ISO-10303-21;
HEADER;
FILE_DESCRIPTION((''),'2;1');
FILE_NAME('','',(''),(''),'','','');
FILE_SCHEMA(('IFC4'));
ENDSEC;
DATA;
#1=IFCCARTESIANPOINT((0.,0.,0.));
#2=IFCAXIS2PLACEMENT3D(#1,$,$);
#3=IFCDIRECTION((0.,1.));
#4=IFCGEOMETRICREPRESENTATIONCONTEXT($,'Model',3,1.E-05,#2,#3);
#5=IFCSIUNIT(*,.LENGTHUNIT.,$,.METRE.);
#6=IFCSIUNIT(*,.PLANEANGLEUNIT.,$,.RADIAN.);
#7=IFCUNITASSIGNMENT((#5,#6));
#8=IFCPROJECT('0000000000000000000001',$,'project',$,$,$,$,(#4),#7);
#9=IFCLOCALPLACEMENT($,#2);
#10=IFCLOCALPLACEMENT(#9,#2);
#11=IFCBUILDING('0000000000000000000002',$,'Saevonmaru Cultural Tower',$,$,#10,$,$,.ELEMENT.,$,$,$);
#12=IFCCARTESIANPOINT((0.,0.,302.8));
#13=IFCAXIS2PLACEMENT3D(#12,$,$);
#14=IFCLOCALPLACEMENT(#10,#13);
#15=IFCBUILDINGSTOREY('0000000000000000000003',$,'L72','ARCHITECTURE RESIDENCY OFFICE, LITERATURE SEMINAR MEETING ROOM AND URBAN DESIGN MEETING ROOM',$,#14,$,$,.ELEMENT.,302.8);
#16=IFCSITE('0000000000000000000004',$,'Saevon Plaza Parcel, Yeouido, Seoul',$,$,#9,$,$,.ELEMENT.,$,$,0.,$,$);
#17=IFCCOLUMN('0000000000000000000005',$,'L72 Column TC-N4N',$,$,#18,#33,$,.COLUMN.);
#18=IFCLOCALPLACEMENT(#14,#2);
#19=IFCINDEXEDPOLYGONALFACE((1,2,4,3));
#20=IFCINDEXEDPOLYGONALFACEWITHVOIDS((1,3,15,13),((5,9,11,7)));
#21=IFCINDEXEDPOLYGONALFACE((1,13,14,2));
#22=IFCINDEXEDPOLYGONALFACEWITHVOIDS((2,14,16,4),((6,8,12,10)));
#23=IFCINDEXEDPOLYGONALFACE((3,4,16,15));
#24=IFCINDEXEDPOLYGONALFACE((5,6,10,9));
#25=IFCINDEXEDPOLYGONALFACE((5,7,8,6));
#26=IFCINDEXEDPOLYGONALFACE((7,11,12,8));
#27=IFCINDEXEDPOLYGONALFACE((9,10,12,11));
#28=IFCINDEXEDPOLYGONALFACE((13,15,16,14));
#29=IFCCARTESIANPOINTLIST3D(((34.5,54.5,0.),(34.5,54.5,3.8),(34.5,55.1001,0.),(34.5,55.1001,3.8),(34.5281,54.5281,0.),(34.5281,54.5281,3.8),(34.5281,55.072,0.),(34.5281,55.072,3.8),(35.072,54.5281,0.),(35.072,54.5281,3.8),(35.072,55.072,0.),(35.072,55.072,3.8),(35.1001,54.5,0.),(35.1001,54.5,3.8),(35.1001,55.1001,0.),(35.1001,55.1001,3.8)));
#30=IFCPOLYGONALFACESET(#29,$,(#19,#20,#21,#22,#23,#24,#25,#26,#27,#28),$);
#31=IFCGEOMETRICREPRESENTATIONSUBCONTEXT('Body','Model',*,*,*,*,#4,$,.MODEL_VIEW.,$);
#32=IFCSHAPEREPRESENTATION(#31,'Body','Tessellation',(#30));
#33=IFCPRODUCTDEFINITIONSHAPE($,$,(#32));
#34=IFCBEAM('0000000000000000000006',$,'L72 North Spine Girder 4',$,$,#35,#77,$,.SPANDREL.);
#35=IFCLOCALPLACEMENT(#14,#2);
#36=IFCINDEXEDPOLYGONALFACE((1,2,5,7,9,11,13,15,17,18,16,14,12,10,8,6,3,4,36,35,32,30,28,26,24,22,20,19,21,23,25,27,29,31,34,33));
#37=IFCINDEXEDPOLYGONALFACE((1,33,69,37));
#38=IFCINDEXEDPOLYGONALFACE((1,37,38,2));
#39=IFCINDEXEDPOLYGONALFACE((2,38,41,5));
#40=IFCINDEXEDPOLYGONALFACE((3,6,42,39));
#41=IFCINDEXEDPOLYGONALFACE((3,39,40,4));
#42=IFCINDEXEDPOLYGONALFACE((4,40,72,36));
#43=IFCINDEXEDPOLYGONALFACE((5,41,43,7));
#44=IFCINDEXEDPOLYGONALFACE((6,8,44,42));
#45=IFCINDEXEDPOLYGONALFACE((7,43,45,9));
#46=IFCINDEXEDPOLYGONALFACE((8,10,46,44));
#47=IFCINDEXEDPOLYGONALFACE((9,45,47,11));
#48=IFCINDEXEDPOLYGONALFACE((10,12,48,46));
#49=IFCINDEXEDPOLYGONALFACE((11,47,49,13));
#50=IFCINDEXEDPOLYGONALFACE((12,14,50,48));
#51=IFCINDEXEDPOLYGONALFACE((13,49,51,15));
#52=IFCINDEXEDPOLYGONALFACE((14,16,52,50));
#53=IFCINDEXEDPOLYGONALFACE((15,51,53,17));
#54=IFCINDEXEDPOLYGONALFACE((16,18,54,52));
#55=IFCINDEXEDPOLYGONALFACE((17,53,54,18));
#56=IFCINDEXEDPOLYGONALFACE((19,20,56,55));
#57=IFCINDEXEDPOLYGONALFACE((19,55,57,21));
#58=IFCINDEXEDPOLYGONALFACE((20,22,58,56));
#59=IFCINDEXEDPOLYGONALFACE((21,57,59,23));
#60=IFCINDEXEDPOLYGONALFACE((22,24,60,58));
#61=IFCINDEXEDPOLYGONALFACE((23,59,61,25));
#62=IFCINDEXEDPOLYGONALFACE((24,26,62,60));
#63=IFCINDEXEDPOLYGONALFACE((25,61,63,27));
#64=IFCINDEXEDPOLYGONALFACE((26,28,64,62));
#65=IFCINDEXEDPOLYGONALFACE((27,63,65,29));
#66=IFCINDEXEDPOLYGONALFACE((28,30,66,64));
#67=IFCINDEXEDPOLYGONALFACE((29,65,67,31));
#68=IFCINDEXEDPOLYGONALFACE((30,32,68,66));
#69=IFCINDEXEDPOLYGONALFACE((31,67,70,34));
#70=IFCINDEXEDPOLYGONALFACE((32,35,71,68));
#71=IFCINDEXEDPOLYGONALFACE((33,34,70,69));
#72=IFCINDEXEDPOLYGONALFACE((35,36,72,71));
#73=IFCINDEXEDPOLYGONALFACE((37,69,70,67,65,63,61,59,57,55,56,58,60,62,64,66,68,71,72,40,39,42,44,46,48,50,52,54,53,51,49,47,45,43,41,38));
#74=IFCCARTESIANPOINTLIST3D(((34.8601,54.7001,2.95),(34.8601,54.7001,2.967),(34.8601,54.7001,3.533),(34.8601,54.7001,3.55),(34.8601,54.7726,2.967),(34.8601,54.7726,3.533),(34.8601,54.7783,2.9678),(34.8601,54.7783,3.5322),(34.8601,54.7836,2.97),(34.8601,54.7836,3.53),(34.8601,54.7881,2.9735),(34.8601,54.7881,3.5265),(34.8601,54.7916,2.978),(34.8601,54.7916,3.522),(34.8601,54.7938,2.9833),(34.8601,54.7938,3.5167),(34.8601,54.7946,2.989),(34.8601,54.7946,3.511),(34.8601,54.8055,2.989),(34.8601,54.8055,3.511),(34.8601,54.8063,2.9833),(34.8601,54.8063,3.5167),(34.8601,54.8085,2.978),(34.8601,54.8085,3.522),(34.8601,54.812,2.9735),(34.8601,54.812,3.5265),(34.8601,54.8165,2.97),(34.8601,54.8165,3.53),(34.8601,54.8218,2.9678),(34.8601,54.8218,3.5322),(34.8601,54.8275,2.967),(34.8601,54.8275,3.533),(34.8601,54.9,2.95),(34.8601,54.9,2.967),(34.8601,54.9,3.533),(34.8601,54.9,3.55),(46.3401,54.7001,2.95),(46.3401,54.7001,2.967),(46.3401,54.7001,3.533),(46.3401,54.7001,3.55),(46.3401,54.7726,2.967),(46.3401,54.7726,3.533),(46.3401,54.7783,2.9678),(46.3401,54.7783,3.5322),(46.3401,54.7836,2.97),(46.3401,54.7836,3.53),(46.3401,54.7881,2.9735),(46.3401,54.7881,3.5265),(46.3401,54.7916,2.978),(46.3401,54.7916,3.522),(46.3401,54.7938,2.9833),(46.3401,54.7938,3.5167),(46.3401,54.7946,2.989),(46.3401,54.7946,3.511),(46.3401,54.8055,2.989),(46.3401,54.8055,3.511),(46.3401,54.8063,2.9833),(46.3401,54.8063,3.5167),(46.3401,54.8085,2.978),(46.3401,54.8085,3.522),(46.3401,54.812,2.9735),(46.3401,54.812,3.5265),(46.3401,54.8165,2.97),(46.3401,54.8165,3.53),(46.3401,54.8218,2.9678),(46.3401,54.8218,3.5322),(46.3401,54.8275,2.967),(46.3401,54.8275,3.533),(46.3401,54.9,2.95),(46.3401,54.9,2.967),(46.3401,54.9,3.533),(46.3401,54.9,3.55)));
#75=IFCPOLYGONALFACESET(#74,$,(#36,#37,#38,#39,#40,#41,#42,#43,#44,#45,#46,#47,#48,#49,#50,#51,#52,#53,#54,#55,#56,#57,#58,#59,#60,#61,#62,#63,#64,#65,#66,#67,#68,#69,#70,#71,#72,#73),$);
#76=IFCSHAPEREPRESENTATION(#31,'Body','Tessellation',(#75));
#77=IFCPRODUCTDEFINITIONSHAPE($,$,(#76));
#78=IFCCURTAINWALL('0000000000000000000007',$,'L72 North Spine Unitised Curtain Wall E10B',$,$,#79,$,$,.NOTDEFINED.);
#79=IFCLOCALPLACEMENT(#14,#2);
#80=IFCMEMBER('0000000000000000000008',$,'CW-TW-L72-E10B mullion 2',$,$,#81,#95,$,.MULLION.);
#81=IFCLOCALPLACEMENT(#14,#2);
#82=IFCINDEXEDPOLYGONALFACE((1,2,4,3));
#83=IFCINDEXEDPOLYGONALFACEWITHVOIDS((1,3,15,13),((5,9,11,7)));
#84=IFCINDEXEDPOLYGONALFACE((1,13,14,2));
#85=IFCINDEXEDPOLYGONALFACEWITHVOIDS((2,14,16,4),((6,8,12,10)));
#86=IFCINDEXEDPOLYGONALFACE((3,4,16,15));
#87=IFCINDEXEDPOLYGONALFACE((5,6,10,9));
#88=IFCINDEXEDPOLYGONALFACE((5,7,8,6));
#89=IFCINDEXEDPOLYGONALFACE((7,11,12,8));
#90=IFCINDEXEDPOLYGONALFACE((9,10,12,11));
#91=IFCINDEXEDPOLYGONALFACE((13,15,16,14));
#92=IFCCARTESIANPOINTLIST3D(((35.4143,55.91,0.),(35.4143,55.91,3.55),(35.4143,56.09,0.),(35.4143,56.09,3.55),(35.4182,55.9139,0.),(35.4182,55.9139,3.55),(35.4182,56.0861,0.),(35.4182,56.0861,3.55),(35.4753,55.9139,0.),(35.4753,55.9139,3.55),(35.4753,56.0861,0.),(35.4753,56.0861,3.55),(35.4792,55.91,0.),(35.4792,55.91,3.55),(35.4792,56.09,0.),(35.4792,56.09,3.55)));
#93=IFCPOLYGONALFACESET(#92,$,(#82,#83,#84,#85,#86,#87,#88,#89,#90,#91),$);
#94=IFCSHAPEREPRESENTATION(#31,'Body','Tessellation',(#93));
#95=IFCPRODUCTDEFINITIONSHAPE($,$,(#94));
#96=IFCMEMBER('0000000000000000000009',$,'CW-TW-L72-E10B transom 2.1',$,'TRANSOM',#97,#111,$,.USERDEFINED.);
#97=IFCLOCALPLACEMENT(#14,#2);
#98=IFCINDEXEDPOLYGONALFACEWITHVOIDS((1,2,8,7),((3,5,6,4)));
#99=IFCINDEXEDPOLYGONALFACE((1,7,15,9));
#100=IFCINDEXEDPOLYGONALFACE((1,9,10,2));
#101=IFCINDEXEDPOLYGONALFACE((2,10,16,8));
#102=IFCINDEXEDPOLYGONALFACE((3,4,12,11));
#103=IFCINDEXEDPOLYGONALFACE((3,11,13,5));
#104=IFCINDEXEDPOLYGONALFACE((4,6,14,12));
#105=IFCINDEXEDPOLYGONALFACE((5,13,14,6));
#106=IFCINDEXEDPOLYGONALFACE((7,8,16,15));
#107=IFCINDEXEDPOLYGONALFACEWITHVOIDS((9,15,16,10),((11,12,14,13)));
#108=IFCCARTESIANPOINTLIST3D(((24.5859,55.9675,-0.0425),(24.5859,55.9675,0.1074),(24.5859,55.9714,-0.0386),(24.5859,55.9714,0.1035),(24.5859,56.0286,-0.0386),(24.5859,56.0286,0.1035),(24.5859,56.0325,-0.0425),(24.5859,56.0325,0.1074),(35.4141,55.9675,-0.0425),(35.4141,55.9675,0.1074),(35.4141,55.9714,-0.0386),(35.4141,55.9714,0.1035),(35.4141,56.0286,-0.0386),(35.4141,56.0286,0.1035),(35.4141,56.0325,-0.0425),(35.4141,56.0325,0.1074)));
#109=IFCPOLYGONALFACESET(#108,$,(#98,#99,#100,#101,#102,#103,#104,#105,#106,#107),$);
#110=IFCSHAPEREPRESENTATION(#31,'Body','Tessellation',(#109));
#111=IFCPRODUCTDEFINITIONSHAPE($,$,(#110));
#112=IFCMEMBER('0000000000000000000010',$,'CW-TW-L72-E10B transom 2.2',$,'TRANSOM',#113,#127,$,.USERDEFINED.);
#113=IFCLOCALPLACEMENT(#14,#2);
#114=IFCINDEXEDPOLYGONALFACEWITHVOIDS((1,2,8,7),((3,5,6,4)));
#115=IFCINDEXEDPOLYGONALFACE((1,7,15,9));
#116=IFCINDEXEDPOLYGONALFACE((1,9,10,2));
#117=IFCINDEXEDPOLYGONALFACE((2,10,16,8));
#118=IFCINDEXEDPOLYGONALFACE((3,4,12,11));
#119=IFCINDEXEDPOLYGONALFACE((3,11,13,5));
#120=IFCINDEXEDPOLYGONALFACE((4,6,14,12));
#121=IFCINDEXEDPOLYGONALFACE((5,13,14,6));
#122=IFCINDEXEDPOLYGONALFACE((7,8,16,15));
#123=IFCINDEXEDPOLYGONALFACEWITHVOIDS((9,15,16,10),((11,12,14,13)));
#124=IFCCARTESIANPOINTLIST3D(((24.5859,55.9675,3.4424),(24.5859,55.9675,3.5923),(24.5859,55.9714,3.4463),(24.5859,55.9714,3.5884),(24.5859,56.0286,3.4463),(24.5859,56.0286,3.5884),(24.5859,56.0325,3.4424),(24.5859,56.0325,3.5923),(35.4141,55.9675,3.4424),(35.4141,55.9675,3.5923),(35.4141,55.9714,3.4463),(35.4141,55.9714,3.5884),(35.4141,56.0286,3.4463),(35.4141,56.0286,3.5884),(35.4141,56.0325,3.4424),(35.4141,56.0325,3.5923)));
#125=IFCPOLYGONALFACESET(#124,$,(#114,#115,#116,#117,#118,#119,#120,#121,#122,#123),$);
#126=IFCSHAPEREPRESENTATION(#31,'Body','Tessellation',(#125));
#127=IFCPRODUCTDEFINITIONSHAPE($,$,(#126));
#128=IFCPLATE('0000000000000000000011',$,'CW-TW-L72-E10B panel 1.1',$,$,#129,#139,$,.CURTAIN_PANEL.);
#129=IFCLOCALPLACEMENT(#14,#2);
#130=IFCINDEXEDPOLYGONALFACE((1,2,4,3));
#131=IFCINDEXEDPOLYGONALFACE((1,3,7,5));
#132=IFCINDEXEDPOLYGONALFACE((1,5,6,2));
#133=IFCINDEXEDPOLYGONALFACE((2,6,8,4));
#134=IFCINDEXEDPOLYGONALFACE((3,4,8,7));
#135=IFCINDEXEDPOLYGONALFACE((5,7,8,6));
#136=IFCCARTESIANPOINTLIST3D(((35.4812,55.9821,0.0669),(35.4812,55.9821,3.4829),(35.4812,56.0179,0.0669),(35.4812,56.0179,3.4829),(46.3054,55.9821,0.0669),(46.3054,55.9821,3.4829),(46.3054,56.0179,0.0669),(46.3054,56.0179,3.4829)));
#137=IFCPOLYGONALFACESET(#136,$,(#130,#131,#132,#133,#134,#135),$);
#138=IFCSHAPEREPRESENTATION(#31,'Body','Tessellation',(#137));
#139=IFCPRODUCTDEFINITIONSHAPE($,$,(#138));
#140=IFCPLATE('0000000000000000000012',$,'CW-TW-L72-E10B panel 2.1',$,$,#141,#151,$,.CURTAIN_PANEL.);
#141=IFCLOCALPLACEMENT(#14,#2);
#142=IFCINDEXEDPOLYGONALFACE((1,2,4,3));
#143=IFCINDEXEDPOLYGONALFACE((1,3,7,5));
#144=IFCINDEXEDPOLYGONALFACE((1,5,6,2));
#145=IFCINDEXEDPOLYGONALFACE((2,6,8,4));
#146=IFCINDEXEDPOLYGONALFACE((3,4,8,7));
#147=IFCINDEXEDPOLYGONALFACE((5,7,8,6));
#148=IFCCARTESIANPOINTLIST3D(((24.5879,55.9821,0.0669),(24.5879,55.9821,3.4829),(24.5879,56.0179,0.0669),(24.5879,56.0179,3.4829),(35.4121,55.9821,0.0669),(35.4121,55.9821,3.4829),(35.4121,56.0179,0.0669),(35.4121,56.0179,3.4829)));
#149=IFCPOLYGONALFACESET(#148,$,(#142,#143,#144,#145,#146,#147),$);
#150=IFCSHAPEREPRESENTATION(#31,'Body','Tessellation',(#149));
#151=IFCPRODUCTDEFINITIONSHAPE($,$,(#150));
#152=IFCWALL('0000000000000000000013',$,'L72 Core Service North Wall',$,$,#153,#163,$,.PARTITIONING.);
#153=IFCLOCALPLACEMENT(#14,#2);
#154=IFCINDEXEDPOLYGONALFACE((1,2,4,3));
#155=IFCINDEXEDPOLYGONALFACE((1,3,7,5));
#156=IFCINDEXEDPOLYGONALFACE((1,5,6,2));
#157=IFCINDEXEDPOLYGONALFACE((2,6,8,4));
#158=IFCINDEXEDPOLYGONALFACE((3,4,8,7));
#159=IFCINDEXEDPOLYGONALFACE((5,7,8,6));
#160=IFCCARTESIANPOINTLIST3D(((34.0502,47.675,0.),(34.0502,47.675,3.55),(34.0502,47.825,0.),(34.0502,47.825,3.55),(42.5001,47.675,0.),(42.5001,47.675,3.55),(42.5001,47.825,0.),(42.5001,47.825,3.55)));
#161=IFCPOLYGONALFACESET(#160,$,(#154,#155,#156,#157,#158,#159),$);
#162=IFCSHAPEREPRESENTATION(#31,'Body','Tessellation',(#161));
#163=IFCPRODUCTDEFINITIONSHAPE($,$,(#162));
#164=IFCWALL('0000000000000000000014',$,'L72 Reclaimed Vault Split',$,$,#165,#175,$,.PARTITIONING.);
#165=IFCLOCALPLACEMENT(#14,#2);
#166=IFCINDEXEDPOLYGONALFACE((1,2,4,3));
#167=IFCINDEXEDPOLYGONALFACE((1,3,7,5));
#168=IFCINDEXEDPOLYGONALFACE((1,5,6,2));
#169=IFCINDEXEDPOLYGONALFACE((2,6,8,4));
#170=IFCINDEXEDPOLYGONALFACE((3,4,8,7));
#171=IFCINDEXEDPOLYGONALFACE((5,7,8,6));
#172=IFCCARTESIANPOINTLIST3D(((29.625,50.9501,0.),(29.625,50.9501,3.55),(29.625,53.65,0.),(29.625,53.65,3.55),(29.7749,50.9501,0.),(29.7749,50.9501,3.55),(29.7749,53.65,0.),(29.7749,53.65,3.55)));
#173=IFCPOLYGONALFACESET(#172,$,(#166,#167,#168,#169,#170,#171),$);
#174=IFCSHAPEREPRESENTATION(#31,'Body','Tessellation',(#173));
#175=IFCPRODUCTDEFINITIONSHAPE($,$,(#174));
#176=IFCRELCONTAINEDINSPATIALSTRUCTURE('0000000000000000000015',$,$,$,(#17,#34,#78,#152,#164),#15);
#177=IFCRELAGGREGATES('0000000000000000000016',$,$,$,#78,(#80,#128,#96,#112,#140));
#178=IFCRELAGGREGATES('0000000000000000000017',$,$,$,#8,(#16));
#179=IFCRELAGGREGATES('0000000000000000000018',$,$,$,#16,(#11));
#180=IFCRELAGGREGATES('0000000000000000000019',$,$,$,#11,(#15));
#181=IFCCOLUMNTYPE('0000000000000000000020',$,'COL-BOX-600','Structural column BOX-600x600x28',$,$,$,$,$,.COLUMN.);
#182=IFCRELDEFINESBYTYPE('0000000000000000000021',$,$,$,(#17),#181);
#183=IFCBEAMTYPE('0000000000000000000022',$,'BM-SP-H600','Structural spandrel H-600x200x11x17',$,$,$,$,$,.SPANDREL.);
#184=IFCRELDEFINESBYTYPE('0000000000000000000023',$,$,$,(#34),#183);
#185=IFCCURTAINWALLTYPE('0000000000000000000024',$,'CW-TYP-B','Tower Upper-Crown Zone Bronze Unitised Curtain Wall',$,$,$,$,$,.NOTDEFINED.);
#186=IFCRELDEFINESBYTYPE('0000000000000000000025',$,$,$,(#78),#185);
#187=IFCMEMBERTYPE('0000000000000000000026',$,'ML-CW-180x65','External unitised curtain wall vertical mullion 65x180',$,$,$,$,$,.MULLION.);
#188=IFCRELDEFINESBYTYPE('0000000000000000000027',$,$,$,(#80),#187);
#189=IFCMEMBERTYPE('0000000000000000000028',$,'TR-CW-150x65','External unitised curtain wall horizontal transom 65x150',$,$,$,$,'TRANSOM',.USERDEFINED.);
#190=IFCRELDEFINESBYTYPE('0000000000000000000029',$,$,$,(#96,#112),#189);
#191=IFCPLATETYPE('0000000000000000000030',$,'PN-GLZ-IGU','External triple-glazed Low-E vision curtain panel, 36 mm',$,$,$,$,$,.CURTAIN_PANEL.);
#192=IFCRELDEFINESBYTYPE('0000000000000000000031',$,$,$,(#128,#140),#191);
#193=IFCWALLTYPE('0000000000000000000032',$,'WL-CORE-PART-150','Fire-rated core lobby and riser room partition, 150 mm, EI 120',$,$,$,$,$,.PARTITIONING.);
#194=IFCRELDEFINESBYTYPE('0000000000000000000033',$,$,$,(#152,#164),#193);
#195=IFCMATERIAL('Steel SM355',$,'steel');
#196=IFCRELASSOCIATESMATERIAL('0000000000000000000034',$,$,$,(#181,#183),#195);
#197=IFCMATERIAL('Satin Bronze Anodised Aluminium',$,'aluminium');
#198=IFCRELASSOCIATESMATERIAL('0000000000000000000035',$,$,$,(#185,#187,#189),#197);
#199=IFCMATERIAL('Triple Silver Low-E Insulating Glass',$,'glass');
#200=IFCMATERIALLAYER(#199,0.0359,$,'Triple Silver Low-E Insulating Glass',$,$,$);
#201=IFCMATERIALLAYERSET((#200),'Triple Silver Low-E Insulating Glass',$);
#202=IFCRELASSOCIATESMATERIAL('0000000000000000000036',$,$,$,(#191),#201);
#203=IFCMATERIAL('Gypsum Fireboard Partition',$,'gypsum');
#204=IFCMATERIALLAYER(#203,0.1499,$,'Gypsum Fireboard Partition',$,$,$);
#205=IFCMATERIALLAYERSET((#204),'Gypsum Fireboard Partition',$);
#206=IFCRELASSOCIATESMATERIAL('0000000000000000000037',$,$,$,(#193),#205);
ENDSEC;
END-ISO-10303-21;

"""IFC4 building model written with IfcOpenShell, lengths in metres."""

from ifc_helpers import new_model, si_unit, direction, frame, frame_2d, origin, origin_2d, place, context, subcontext, project, spatial, rectangle, hollow_rectangle, i_section, extrude, material, layer, layer_set, material_profile, profile_set, type_object, element, aggregate, save


model = new_model("IFC4")

# Units and contexts
model_context = context("Model", 3, precision=1e-05, world=origin(), true_north=direction((0.0, 1.0)))
body_context = subcontext(model_context, "Body", "Model", "MODEL_VIEW")
ifc_project = project(units=[si_unit("LENGTHUNIT", "METRE"), si_unit("PLANEANGLEUNIT", "RADIAN")], contexts=[model_context])

# Site, building, storey
site_placement = place(None, origin())
site = spatial("IfcSite", under=ifc_project, at=site_placement, Name="Saevon Plaza Parcel, Yeouido, Seoul", CompositionType="ELEMENT", RefElevation=0.0)
building_placement = place(site_placement, origin())
building = spatial("IfcBuilding", under=site, at=building_placement, Name="Saevonmaru Cultural Tower", CompositionType="ELEMENT")
storey_placement = place(building_placement, frame((0.0, 0.0, 302.8)))
storey = spatial("IfcBuildingStorey", under=building, at=storey_placement, Name="L72", Description="ARCHITECTURE RESIDENCY OFFICE, LITERATURE SEMINAR MEETING ROOM AND URBAN DESIGN MEETING ROOM", CompositionType="ELEMENT", Elevation=302.8)

# Column
ifc_material_1 = material(Name="Steel SM355", Category="steel")
ifc_material_profile_1 = material_profile(ifc_material_1, hollow_rectangle(XDim=0.6001, YDim=0.6001, WallThickness=0.0281, at=origin_2d()), Name="BOX-600x600x28")
ifc_profile_set_1 = profile_set([ifc_material_profile_1], Name="Steel SM355")
column_type = type_object("IfcColumnType", Name="COL-BOX-600", Description="Structural column BOX-600x600x28", PredefinedType="COLUMN", material=ifc_profile_set_1)
column_placement = place(storey_placement, frame((34.8, 54.8, 0.0), z_axis=(0.0, 0.0, 1.0), x_axis=(1.0, 0.0, 0.0)))
element("IfcColumn", 1, at=column_placement, inside=storey, type_object=column_type, Name="L72 Column TC-N4N", PredefinedType="COLUMN", context=body_context, shape_type="SweptSolid", body=[
    extrude(hollow_rectangle(XDim=0.6001, YDim=0.6001, WallThickness=0.0281, at=origin_2d()), origin(), (0.0, 0.0, 1.0), 3.8),
])

# Beam
ifc_material_profile_2 = material_profile(ifc_material_1, i_section(OverallWidth=0.2, OverallDepth=0.6001, WebThickness=0.011, FlangeThickness=0.0171, FilletRadius=0.022, at=origin_2d()), Name="H-600x200x11x17")
ifc_profile_set_2 = profile_set([ifc_material_profile_2], Name="Steel SM355")
beam_type = type_object("IfcBeamType", Name="BM-SP-H600", Description="Structural spandrel H-600x200x11x17", PredefinedType="SPANDREL", material=ifc_profile_set_2)
beam_placement = place(storey_placement, frame((34.8601, 54.8, 3.25), z_axis=(1.0, 0.0, 0.0), x_axis=(0.0, 1.0, 0.0)))
element("IfcBeam", 2, at=beam_placement, inside=storey, type_object=beam_type, Name="L72 North Spine Girder 4", PredefinedType="SPANDREL", context=body_context, shape_type="SweptSolid", body=[
    extrude(i_section(OverallWidth=0.2, OverallDepth=0.6001, WebThickness=0.011, FlangeThickness=0.0171, FilletRadius=0.022, at=origin_2d()), origin(), (0.0, 0.0, 1.0), 11.48),
])

# Curtain wall, members, plates
ifc_material_2 = material(Name="Satin Bronze Anodised Aluminium", Category="aluminium")
curtain_wall_type = type_object("IfcCurtainWallType", Name="CW-TYP-B", Description="Tower Upper-Crown Zone Bronze Unitised Curtain Wall", PredefinedType="NOTDEFINED", material=ifc_material_2)
curtain_wall_placement = place(storey_placement, origin())
curtain_wall = element("IfcCurtainWall", 3, at=curtain_wall_placement, inside=storey, type_object=curtain_wall_type, Name="L72 North Spine Unitised Curtain Wall E10B", PredefinedType="NOTDEFINED")
ifc_material_profile_3 = material_profile(ifc_material_2, hollow_rectangle(XDim=0.0649, YDim=0.1799, WallThickness=0.0039, at=origin_2d()), Name="ALU-MULL-180x65x4")
ifc_profile_set_3 = profile_set([ifc_material_profile_3], Name="Satin Bronze Anodised Aluminium")
member_type_1 = type_object("IfcMemberType", Name="ML-CW-180x65", Description="External unitised curtain wall vertical mullion 65x180", PredefinedType="MULLION", material=ifc_profile_set_3)
member_1_placement = place(storey_placement, frame((35.4468, 56.0, 0.0), z_axis=(0.0, 0.0, 1.0), x_axis=(-1.0, 0.0, 0.0)))
member_1 = element("IfcMember", 4, at=member_1_placement, type_object=member_type_1, Name="CW-TW-L72-E10B mullion 2", PredefinedType="MULLION", context=body_context, shape_type="SweptSolid", body=[
    extrude(hollow_rectangle(XDim=0.0649, YDim=0.1799, WallThickness=0.0039, at=origin_2d()), origin(), (0.0, 0.0, 1.0), 3.55),
])
ifc_material_profile_4 = material_profile(ifc_material_2, hollow_rectangle(XDim=0.0649, YDim=0.1499, WallThickness=0.0039, at=origin_2d()), Name="ALU-TRAN-150x65x4")
ifc_profile_set_4 = profile_set([ifc_material_profile_4], Name="Satin Bronze Anodised Aluminium")
member_type_2 = type_object("IfcMemberType", Name="TR-CW-150x65", Description="External unitised curtain wall horizontal transom 65x150", ElementType="TRANSOM", PredefinedType="USERDEFINED", material=ifc_profile_set_4)
member_2_placement = place(storey_placement, frame((35.4141, 56.0, 0.0325), z_axis=(-1.0, 0.0, 0.0), x_axis=(0.0, -1.0, 0.0)))
member_2 = element("IfcMember", 5, at=member_2_placement, type_object=member_type_2, Name="CW-TW-L72-E10B transom 2.1", ObjectType="TRANSOM", PredefinedType="USERDEFINED", context=body_context, shape_type="SweptSolid", body=[
    extrude(hollow_rectangle(XDim=0.0649, YDim=0.1499, WallThickness=0.0039, at=origin_2d()), origin(), (0.0, 0.0, 1.0), 10.8281),
])
member_3_placement = place(storey_placement, frame((35.4141, 56.0, 3.5173), z_axis=(-1.0, 0.0, 0.0), x_axis=(0.0, -1.0, 0.0)))
member_3 = element("IfcMember", 6, at=member_3_placement, type_object=member_type_2, Name="CW-TW-L72-E10B transom 2.2", ObjectType="TRANSOM", PredefinedType="USERDEFINED", context=body_context, shape_type="SweptSolid", body=[
    extrude(hollow_rectangle(XDim=0.0649, YDim=0.1499, WallThickness=0.0039, at=origin_2d()), origin(), (0.0, 0.0, 1.0), 10.8281),
])
ifc_material_3 = material(Name="Triple Silver Low-E Insulating Glass", Category="glass")
ifc_layer_1 = layer(ifc_material_3, 0.0359, Name="Triple Silver Low-E Insulating Glass")
ifc_layer_set_1 = layer_set([ifc_layer_1], Name="Triple Silver Low-E Insulating Glass")
plate_type = type_object("IfcPlateType", Name="PN-GLZ-IGU", Description="External triple-glazed Low-E vision curtain panel, 36 mm", PredefinedType="CURTAIN_PANEL", material=ifc_layer_set_1)
plate_1_placement = place(storey_placement, frame((40.8933, 56.0, 0.0669), z_axis=(0.0, 0.0, 1.0), x_axis=(-1.0, 0.0, 0.0)))
plate_1 = element("IfcPlate", 7, at=plate_1_placement, type_object=plate_type, Name="CW-TW-L72-E10B panel 1.1", PredefinedType="CURTAIN_PANEL", context=body_context, shape_type="SweptSolid", body=[
    extrude(rectangle(XDim=10.8242, YDim=0.0359, at=origin_2d()), origin(), (0.0, 0.0, 1.0), 3.416),
])
plate_2_placement = place(storey_placement, frame((30.0, 56.0, 0.0669), z_axis=(0.0, 0.0, 1.0), x_axis=(-1.0, 0.0, 0.0)))
plate_2 = element("IfcPlate", 8, at=plate_2_placement, type_object=plate_type, Name="CW-TW-L72-E10B panel 2.1", PredefinedType="CURTAIN_PANEL", context=body_context, shape_type="SweptSolid", body=[
    extrude(rectangle(XDim=10.8242, YDim=0.0359, at=origin_2d()), origin(), (0.0, 0.0, 1.0), 3.416),
])
aggregate(curtain_wall, [member_1, plate_1, member_2, member_3, plate_2])

# Walls
ifc_material_4 = material(Name="Gypsum Fireboard Partition", Category="gypsum")
ifc_layer_2 = layer(ifc_material_4, 0.1499, Name="Gypsum Fireboard Partition")
ifc_layer_set_2 = layer_set([ifc_layer_2], Name="Gypsum Fireboard Partition")
wall_type_1 = type_object("IfcWallType", Name="WL-CORE-PART-150", Description="Fire-rated core lobby and riser room partition, 150 mm, EI 120", PredefinedType="PARTITIONING", material=ifc_layer_set_2)
wall_1_placement = place(storey_placement, frame((34.05, 47.75, 0.0), z_axis=(0.0, 0.0, 1.0), x_axis=(1.0, 0.0, 0.0)))
element("IfcWall", 9, at=wall_1_placement, inside=storey, type_object=wall_type_1, Name="L72 Core Service North Wall", PredefinedType="PARTITIONING", context=body_context, shape_type="SweptSolid", body=[
    extrude(rectangle(XDim=8.45, YDim=0.1499, at=frame_2d((4.2251, 0.0))), origin(), (0.0, 0.0, 1.0), 3.55),
])
wall_2_placement = place(storey_placement, frame((29.7, 50.95, 0.0), z_axis=(0.0, 0.0, 1.0), x_axis=(0.0, 1.0, 0.0)))
element("IfcWall", 10, at=wall_2_placement, inside=storey, type_object=wall_type_1, Name="L72 Reclaimed Vault Split", PredefinedType="PARTITIONING", context=body_context, shape_type="SweptSolid", body=[
    extrude(rectangle(XDim=2.7, YDim=0.1499, at=frame_2d((1.3501, 0.0))), origin(), (0.0, 0.0, 1.0), 3.55),
])

save(model, "model.ifc")
